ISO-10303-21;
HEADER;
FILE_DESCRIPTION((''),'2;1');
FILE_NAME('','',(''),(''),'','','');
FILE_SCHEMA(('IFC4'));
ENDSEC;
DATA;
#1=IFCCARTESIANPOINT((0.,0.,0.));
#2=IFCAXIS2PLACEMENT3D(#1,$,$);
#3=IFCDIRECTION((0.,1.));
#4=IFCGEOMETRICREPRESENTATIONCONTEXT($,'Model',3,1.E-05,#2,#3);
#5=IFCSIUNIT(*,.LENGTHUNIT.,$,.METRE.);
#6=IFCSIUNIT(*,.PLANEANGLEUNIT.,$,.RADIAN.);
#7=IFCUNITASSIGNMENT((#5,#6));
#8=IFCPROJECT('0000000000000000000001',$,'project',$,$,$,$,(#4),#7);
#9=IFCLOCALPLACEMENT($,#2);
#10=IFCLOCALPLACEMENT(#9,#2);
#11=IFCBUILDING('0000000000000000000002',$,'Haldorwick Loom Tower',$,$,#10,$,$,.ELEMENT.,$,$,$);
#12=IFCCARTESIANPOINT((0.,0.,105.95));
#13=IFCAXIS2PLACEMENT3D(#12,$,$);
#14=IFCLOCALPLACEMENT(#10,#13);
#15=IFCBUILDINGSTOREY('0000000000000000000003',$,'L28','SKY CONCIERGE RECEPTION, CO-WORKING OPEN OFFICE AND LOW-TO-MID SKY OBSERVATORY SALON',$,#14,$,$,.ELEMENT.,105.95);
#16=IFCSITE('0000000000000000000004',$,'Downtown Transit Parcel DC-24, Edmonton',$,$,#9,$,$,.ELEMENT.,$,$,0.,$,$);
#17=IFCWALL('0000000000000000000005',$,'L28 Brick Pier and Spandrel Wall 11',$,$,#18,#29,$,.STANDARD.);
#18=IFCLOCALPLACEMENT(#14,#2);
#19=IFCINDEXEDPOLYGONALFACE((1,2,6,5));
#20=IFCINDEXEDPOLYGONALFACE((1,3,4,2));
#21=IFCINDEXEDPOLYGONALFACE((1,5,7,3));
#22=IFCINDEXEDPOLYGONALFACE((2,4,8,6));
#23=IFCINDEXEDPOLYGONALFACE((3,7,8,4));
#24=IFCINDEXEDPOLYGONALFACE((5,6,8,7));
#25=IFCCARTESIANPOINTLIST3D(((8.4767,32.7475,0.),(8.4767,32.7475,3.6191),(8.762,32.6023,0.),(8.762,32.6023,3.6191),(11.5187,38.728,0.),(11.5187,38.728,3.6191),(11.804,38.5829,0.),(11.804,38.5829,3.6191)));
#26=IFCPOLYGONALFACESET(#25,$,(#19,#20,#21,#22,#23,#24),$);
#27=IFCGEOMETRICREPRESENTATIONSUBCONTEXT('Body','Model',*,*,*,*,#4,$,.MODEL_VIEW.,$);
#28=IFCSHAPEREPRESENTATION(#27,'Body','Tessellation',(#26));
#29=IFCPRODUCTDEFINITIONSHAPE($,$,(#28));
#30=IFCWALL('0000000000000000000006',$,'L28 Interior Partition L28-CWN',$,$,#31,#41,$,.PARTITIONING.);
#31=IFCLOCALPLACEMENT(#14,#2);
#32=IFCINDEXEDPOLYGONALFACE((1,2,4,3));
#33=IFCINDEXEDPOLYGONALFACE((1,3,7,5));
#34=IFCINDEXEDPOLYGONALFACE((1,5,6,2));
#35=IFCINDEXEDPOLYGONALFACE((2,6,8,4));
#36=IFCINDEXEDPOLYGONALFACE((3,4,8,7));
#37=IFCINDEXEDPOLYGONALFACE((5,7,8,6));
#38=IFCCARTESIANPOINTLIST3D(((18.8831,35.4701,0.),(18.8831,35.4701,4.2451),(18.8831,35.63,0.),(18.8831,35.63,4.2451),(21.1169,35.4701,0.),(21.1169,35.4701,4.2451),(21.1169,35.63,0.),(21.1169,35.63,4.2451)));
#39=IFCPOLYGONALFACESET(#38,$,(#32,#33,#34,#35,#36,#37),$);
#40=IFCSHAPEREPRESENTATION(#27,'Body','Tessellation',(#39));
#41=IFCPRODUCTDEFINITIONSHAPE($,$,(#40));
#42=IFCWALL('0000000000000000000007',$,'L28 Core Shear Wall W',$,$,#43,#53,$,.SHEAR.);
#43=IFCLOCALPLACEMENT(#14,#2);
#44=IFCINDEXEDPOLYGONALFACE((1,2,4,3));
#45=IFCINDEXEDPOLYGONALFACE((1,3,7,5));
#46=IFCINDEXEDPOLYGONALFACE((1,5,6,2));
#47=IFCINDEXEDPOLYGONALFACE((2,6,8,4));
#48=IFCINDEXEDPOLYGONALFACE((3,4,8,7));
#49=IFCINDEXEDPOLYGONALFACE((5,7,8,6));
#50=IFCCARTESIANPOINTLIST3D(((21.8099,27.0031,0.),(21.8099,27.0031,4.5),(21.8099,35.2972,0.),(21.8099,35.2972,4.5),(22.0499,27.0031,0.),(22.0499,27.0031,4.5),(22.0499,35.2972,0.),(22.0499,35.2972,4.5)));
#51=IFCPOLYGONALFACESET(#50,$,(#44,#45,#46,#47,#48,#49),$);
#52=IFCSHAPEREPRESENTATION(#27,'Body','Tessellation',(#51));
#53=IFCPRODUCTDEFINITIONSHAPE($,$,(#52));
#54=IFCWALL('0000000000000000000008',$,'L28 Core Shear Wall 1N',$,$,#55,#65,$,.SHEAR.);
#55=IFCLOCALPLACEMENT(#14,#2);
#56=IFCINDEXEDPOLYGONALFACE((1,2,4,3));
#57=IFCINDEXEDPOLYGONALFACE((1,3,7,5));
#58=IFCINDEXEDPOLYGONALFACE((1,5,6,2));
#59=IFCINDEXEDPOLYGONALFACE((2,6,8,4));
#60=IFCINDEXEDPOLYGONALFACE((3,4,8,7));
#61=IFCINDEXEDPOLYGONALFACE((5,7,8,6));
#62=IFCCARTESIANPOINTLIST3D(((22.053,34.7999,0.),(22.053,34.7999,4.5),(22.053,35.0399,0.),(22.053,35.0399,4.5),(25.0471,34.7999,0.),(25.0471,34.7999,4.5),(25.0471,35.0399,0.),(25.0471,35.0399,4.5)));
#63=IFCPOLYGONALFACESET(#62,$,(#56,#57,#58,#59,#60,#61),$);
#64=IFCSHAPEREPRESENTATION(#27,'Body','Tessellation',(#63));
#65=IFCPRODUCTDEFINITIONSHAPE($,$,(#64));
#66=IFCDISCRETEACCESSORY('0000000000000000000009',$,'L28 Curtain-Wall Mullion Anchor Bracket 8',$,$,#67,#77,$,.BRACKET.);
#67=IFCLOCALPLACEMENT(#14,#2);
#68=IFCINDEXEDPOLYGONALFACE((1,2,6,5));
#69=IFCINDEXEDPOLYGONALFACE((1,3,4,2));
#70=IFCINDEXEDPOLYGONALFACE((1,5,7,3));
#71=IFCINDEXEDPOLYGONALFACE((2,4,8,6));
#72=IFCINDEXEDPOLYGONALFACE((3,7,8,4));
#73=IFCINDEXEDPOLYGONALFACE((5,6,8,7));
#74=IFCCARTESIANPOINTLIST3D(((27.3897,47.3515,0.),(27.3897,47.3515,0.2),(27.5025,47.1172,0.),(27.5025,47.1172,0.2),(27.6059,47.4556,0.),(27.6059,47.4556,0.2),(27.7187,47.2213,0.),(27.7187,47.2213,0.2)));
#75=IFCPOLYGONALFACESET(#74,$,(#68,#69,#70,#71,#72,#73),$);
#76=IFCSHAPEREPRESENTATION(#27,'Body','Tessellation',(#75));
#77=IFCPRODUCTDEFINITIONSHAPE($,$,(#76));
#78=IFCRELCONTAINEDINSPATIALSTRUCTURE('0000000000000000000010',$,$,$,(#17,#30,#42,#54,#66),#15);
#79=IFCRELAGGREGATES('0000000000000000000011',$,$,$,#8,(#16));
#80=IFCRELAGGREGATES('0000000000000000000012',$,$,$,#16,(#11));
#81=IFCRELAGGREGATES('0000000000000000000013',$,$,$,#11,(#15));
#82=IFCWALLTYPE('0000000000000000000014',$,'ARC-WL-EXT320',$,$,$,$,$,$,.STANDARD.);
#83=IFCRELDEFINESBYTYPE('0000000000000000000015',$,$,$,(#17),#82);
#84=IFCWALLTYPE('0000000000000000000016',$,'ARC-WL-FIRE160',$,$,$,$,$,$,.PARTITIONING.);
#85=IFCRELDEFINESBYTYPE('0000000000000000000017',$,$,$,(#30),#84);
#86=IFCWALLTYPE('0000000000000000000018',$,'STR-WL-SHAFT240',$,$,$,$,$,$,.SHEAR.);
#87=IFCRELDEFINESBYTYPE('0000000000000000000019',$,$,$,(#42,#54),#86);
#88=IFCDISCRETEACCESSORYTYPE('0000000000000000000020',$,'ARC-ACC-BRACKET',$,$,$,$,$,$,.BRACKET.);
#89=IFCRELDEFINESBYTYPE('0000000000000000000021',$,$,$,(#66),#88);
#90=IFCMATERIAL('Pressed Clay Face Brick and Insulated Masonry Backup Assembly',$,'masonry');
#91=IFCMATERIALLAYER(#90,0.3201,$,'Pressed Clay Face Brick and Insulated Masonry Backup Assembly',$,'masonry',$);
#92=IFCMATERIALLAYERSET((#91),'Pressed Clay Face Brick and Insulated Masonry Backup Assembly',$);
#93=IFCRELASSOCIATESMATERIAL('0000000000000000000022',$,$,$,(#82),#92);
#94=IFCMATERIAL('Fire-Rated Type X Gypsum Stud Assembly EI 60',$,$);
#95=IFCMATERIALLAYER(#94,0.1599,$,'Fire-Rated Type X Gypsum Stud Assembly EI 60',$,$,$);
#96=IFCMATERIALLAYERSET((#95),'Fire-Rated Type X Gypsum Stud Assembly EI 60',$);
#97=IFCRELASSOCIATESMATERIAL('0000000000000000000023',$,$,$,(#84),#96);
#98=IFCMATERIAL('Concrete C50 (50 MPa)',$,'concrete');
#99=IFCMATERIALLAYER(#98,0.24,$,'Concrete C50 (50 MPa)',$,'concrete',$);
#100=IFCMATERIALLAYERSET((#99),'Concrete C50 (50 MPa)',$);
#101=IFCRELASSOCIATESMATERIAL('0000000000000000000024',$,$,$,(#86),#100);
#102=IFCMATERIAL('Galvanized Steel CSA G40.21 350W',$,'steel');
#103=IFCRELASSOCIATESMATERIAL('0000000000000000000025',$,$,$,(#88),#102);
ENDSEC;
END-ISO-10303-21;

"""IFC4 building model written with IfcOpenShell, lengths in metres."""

from ifc_helpers import new_model, si_unit, direction, frame, frame_2d, origin, origin_2d, place, context, subcontext, project, spatial, rectangle, extrude, material, layer, layer_set, type_object, element, save


model = new_model("IFC4")

# Units and contexts
model_context = context("Model", 3, precision=1e-05, world=origin(), true_north=direction((0.0, 1.0)))
body_context = subcontext(model_context, "Body", "Model", "MODEL_VIEW")
ifc_project = project(units=[si_unit("LENGTHUNIT", "METRE"), si_unit("PLANEANGLEUNIT", "RADIAN")], contexts=[model_context])

# Site, building, storey
site_placement = place(None, origin())
site = spatial("IfcSite", under=ifc_project, at=site_placement, Name="Downtown Transit Parcel DC-24, Edmonton", CompositionType="ELEMENT", RefElevation=0.0)
building_placement = place(site_placement, origin())
building = spatial("IfcBuilding", under=site, at=building_placement, Name="Haldorwick Loom Tower", CompositionType="ELEMENT")
storey_placement = place(building_placement, frame((0.0, 0.0, 105.95)))
storey = spatial("IfcBuildingStorey", under=building, at=storey_placement, Name="L28", Description="SKY CONCIERGE RECEPTION, CO-WORKING OPEN OFFICE AND LOW-TO-MID SKY OBSERVATORY SALON", CompositionType="ELEMENT", Elevation=105.95)

# Shared definitions
ifc_material_1 = material(Name="Pressed Clay Face Brick and Insulated Masonry Backup Assembly", Category="masonry")
ifc_layer_1 = layer(ifc_material_1, 0.3201, Name="Pressed Clay Face Brick and Insulated Masonry Backup Assembly", Category="masonry")
ifc_layer_set_1 = layer_set([ifc_layer_1], Name="Pressed Clay Face Brick and Insulated Masonry Backup Assembly")
wall_type_1 = type_object("IfcWallType", Name="ARC-WL-EXT320", PredefinedType="STANDARD", material=ifc_layer_set_1)

# Walls
wall_1_placement = place(storey_placement, frame((11.6614, 38.6555, 0.0), z_axis=(0.0, 0.0, 1.0), x_axis=(-0.453374, -0.89132, 0.0)))
element("IfcWall", 1, at=wall_1_placement, inside=storey, type_object=wall_type_1, Name="L28 Brick Pier and Spandrel Wall 11", PredefinedType="STANDARD", context=body_context, shape_type="SweptSolid", body=[
    extrude(rectangle(XDim=6.7097, YDim=0.3201, at=frame_2d((3.355, 0.0))), origin(), (0.0, 0.0, 1.0), 3.6191),
])
ifc_material_2 = material(Name="Fire-Rated Type X Gypsum Stud Assembly EI 60")
ifc_layer_2 = layer(ifc_material_2, 0.1599, Name="Fire-Rated Type X Gypsum Stud Assembly EI 60")
ifc_layer_set_2 = layer_set([ifc_layer_2], Name="Fire-Rated Type X Gypsum Stud Assembly EI 60")
wall_type_2 = type_object("IfcWallType", Name="ARC-WL-FIRE160", PredefinedType="PARTITIONING", material=ifc_layer_set_2)
wall_2_placement = place(storey_placement, frame((18.8831, 35.55, 0.0), z_axis=(0.0, 0.0, 1.0), x_axis=(1.0, 0.0, 0.0)))
element("IfcWall", 2, at=wall_2_placement, inside=storey, type_object=wall_type_2, Name="L28 Interior Partition L28-CWN", PredefinedType="PARTITIONING", context=body_context, shape_type="SweptSolid", body=[
    extrude(rectangle(XDim=2.2339, YDim=0.1599, at=frame_2d((1.1169, 0.0))), origin(), (0.0, 0.0, 1.0), 4.2451),
])
ifc_material_3 = material(Name="Concrete C50 (50 MPa)", Category="concrete")
ifc_layer_3 = layer(ifc_material_3, 0.24, Name="Concrete C50 (50 MPa)", Category="concrete")
ifc_layer_set_3 = layer_set([ifc_layer_3], Name="Concrete C50 (50 MPa)")
wall_type_3 = type_object("IfcWallType", Name="STR-WL-SHAFT240", PredefinedType="SHEAR", material=ifc_layer_set_3)
wall_3_placement = place(storey_placement, frame((21.9299, 35.2971, 0.0), z_axis=(0.0, 0.0, 1.0), x_axis=(0.0, -1.0, 0.0)))
element("IfcWall", 3, at=wall_3_placement, inside=storey, type_object=wall_type_3, Name="L28 Core Shear Wall W", PredefinedType="SHEAR", context=body_context, shape_type="SweptSolid", body=[
    extrude(rectangle(XDim=8.2942, YDim=0.24, at=frame_2d((4.147, 0.0))), origin(), (0.0, 0.0, 1.0), 4.5),
])
wall_4_placement = place(storey_placement, frame((22.053, 34.9199, 0.0), z_axis=(0.0, 0.0, 1.0), x_axis=(1.0, 0.0, 0.0)))
element("IfcWall", 4, at=wall_4_placement, inside=storey, type_object=wall_type_3, Name="L28 Core Shear Wall 1N", PredefinedType="SHEAR", context=body_context, shape_type="SweptSolid", body=[
    extrude(rectangle(XDim=2.9941, YDim=0.24, at=frame_2d((1.4971, 0.0))), origin(), (0.0, 0.0, 1.0), 4.5),
])

# Discrete accessory
ifc_material_4 = material(Name="Galvanized Steel CSA G40.21 350W", Category="steel")
discrete_accessory_type = type_object("IfcDiscreteAccessoryType", Name="ARC-ACC-BRACKET", PredefinedType="BRACKET", material=ifc_material_4)
discrete_accessory_placement = place(storey_placement, frame((27.5542, 47.2864, 0.0), z_axis=(0.0, 0.0, 1.0), x_axis=(-0.433659, 0.901077, 0.0)))
element("IfcDiscreteAccessory", 5, at=discrete_accessory_placement, inside=storey, type_object=discrete_accessory_type, Name="L28 Curtain-Wall Mullion Anchor Bracket 8", PredefinedType="BRACKET", context=body_context, shape_type="SweptSolid", body=[
    extrude(rectangle(XDim=0.26, YDim=0.24, at=origin_2d()), origin(), (0.0, 0.0, 1.0), 0.2),
])

save(model, "model.ifc")
